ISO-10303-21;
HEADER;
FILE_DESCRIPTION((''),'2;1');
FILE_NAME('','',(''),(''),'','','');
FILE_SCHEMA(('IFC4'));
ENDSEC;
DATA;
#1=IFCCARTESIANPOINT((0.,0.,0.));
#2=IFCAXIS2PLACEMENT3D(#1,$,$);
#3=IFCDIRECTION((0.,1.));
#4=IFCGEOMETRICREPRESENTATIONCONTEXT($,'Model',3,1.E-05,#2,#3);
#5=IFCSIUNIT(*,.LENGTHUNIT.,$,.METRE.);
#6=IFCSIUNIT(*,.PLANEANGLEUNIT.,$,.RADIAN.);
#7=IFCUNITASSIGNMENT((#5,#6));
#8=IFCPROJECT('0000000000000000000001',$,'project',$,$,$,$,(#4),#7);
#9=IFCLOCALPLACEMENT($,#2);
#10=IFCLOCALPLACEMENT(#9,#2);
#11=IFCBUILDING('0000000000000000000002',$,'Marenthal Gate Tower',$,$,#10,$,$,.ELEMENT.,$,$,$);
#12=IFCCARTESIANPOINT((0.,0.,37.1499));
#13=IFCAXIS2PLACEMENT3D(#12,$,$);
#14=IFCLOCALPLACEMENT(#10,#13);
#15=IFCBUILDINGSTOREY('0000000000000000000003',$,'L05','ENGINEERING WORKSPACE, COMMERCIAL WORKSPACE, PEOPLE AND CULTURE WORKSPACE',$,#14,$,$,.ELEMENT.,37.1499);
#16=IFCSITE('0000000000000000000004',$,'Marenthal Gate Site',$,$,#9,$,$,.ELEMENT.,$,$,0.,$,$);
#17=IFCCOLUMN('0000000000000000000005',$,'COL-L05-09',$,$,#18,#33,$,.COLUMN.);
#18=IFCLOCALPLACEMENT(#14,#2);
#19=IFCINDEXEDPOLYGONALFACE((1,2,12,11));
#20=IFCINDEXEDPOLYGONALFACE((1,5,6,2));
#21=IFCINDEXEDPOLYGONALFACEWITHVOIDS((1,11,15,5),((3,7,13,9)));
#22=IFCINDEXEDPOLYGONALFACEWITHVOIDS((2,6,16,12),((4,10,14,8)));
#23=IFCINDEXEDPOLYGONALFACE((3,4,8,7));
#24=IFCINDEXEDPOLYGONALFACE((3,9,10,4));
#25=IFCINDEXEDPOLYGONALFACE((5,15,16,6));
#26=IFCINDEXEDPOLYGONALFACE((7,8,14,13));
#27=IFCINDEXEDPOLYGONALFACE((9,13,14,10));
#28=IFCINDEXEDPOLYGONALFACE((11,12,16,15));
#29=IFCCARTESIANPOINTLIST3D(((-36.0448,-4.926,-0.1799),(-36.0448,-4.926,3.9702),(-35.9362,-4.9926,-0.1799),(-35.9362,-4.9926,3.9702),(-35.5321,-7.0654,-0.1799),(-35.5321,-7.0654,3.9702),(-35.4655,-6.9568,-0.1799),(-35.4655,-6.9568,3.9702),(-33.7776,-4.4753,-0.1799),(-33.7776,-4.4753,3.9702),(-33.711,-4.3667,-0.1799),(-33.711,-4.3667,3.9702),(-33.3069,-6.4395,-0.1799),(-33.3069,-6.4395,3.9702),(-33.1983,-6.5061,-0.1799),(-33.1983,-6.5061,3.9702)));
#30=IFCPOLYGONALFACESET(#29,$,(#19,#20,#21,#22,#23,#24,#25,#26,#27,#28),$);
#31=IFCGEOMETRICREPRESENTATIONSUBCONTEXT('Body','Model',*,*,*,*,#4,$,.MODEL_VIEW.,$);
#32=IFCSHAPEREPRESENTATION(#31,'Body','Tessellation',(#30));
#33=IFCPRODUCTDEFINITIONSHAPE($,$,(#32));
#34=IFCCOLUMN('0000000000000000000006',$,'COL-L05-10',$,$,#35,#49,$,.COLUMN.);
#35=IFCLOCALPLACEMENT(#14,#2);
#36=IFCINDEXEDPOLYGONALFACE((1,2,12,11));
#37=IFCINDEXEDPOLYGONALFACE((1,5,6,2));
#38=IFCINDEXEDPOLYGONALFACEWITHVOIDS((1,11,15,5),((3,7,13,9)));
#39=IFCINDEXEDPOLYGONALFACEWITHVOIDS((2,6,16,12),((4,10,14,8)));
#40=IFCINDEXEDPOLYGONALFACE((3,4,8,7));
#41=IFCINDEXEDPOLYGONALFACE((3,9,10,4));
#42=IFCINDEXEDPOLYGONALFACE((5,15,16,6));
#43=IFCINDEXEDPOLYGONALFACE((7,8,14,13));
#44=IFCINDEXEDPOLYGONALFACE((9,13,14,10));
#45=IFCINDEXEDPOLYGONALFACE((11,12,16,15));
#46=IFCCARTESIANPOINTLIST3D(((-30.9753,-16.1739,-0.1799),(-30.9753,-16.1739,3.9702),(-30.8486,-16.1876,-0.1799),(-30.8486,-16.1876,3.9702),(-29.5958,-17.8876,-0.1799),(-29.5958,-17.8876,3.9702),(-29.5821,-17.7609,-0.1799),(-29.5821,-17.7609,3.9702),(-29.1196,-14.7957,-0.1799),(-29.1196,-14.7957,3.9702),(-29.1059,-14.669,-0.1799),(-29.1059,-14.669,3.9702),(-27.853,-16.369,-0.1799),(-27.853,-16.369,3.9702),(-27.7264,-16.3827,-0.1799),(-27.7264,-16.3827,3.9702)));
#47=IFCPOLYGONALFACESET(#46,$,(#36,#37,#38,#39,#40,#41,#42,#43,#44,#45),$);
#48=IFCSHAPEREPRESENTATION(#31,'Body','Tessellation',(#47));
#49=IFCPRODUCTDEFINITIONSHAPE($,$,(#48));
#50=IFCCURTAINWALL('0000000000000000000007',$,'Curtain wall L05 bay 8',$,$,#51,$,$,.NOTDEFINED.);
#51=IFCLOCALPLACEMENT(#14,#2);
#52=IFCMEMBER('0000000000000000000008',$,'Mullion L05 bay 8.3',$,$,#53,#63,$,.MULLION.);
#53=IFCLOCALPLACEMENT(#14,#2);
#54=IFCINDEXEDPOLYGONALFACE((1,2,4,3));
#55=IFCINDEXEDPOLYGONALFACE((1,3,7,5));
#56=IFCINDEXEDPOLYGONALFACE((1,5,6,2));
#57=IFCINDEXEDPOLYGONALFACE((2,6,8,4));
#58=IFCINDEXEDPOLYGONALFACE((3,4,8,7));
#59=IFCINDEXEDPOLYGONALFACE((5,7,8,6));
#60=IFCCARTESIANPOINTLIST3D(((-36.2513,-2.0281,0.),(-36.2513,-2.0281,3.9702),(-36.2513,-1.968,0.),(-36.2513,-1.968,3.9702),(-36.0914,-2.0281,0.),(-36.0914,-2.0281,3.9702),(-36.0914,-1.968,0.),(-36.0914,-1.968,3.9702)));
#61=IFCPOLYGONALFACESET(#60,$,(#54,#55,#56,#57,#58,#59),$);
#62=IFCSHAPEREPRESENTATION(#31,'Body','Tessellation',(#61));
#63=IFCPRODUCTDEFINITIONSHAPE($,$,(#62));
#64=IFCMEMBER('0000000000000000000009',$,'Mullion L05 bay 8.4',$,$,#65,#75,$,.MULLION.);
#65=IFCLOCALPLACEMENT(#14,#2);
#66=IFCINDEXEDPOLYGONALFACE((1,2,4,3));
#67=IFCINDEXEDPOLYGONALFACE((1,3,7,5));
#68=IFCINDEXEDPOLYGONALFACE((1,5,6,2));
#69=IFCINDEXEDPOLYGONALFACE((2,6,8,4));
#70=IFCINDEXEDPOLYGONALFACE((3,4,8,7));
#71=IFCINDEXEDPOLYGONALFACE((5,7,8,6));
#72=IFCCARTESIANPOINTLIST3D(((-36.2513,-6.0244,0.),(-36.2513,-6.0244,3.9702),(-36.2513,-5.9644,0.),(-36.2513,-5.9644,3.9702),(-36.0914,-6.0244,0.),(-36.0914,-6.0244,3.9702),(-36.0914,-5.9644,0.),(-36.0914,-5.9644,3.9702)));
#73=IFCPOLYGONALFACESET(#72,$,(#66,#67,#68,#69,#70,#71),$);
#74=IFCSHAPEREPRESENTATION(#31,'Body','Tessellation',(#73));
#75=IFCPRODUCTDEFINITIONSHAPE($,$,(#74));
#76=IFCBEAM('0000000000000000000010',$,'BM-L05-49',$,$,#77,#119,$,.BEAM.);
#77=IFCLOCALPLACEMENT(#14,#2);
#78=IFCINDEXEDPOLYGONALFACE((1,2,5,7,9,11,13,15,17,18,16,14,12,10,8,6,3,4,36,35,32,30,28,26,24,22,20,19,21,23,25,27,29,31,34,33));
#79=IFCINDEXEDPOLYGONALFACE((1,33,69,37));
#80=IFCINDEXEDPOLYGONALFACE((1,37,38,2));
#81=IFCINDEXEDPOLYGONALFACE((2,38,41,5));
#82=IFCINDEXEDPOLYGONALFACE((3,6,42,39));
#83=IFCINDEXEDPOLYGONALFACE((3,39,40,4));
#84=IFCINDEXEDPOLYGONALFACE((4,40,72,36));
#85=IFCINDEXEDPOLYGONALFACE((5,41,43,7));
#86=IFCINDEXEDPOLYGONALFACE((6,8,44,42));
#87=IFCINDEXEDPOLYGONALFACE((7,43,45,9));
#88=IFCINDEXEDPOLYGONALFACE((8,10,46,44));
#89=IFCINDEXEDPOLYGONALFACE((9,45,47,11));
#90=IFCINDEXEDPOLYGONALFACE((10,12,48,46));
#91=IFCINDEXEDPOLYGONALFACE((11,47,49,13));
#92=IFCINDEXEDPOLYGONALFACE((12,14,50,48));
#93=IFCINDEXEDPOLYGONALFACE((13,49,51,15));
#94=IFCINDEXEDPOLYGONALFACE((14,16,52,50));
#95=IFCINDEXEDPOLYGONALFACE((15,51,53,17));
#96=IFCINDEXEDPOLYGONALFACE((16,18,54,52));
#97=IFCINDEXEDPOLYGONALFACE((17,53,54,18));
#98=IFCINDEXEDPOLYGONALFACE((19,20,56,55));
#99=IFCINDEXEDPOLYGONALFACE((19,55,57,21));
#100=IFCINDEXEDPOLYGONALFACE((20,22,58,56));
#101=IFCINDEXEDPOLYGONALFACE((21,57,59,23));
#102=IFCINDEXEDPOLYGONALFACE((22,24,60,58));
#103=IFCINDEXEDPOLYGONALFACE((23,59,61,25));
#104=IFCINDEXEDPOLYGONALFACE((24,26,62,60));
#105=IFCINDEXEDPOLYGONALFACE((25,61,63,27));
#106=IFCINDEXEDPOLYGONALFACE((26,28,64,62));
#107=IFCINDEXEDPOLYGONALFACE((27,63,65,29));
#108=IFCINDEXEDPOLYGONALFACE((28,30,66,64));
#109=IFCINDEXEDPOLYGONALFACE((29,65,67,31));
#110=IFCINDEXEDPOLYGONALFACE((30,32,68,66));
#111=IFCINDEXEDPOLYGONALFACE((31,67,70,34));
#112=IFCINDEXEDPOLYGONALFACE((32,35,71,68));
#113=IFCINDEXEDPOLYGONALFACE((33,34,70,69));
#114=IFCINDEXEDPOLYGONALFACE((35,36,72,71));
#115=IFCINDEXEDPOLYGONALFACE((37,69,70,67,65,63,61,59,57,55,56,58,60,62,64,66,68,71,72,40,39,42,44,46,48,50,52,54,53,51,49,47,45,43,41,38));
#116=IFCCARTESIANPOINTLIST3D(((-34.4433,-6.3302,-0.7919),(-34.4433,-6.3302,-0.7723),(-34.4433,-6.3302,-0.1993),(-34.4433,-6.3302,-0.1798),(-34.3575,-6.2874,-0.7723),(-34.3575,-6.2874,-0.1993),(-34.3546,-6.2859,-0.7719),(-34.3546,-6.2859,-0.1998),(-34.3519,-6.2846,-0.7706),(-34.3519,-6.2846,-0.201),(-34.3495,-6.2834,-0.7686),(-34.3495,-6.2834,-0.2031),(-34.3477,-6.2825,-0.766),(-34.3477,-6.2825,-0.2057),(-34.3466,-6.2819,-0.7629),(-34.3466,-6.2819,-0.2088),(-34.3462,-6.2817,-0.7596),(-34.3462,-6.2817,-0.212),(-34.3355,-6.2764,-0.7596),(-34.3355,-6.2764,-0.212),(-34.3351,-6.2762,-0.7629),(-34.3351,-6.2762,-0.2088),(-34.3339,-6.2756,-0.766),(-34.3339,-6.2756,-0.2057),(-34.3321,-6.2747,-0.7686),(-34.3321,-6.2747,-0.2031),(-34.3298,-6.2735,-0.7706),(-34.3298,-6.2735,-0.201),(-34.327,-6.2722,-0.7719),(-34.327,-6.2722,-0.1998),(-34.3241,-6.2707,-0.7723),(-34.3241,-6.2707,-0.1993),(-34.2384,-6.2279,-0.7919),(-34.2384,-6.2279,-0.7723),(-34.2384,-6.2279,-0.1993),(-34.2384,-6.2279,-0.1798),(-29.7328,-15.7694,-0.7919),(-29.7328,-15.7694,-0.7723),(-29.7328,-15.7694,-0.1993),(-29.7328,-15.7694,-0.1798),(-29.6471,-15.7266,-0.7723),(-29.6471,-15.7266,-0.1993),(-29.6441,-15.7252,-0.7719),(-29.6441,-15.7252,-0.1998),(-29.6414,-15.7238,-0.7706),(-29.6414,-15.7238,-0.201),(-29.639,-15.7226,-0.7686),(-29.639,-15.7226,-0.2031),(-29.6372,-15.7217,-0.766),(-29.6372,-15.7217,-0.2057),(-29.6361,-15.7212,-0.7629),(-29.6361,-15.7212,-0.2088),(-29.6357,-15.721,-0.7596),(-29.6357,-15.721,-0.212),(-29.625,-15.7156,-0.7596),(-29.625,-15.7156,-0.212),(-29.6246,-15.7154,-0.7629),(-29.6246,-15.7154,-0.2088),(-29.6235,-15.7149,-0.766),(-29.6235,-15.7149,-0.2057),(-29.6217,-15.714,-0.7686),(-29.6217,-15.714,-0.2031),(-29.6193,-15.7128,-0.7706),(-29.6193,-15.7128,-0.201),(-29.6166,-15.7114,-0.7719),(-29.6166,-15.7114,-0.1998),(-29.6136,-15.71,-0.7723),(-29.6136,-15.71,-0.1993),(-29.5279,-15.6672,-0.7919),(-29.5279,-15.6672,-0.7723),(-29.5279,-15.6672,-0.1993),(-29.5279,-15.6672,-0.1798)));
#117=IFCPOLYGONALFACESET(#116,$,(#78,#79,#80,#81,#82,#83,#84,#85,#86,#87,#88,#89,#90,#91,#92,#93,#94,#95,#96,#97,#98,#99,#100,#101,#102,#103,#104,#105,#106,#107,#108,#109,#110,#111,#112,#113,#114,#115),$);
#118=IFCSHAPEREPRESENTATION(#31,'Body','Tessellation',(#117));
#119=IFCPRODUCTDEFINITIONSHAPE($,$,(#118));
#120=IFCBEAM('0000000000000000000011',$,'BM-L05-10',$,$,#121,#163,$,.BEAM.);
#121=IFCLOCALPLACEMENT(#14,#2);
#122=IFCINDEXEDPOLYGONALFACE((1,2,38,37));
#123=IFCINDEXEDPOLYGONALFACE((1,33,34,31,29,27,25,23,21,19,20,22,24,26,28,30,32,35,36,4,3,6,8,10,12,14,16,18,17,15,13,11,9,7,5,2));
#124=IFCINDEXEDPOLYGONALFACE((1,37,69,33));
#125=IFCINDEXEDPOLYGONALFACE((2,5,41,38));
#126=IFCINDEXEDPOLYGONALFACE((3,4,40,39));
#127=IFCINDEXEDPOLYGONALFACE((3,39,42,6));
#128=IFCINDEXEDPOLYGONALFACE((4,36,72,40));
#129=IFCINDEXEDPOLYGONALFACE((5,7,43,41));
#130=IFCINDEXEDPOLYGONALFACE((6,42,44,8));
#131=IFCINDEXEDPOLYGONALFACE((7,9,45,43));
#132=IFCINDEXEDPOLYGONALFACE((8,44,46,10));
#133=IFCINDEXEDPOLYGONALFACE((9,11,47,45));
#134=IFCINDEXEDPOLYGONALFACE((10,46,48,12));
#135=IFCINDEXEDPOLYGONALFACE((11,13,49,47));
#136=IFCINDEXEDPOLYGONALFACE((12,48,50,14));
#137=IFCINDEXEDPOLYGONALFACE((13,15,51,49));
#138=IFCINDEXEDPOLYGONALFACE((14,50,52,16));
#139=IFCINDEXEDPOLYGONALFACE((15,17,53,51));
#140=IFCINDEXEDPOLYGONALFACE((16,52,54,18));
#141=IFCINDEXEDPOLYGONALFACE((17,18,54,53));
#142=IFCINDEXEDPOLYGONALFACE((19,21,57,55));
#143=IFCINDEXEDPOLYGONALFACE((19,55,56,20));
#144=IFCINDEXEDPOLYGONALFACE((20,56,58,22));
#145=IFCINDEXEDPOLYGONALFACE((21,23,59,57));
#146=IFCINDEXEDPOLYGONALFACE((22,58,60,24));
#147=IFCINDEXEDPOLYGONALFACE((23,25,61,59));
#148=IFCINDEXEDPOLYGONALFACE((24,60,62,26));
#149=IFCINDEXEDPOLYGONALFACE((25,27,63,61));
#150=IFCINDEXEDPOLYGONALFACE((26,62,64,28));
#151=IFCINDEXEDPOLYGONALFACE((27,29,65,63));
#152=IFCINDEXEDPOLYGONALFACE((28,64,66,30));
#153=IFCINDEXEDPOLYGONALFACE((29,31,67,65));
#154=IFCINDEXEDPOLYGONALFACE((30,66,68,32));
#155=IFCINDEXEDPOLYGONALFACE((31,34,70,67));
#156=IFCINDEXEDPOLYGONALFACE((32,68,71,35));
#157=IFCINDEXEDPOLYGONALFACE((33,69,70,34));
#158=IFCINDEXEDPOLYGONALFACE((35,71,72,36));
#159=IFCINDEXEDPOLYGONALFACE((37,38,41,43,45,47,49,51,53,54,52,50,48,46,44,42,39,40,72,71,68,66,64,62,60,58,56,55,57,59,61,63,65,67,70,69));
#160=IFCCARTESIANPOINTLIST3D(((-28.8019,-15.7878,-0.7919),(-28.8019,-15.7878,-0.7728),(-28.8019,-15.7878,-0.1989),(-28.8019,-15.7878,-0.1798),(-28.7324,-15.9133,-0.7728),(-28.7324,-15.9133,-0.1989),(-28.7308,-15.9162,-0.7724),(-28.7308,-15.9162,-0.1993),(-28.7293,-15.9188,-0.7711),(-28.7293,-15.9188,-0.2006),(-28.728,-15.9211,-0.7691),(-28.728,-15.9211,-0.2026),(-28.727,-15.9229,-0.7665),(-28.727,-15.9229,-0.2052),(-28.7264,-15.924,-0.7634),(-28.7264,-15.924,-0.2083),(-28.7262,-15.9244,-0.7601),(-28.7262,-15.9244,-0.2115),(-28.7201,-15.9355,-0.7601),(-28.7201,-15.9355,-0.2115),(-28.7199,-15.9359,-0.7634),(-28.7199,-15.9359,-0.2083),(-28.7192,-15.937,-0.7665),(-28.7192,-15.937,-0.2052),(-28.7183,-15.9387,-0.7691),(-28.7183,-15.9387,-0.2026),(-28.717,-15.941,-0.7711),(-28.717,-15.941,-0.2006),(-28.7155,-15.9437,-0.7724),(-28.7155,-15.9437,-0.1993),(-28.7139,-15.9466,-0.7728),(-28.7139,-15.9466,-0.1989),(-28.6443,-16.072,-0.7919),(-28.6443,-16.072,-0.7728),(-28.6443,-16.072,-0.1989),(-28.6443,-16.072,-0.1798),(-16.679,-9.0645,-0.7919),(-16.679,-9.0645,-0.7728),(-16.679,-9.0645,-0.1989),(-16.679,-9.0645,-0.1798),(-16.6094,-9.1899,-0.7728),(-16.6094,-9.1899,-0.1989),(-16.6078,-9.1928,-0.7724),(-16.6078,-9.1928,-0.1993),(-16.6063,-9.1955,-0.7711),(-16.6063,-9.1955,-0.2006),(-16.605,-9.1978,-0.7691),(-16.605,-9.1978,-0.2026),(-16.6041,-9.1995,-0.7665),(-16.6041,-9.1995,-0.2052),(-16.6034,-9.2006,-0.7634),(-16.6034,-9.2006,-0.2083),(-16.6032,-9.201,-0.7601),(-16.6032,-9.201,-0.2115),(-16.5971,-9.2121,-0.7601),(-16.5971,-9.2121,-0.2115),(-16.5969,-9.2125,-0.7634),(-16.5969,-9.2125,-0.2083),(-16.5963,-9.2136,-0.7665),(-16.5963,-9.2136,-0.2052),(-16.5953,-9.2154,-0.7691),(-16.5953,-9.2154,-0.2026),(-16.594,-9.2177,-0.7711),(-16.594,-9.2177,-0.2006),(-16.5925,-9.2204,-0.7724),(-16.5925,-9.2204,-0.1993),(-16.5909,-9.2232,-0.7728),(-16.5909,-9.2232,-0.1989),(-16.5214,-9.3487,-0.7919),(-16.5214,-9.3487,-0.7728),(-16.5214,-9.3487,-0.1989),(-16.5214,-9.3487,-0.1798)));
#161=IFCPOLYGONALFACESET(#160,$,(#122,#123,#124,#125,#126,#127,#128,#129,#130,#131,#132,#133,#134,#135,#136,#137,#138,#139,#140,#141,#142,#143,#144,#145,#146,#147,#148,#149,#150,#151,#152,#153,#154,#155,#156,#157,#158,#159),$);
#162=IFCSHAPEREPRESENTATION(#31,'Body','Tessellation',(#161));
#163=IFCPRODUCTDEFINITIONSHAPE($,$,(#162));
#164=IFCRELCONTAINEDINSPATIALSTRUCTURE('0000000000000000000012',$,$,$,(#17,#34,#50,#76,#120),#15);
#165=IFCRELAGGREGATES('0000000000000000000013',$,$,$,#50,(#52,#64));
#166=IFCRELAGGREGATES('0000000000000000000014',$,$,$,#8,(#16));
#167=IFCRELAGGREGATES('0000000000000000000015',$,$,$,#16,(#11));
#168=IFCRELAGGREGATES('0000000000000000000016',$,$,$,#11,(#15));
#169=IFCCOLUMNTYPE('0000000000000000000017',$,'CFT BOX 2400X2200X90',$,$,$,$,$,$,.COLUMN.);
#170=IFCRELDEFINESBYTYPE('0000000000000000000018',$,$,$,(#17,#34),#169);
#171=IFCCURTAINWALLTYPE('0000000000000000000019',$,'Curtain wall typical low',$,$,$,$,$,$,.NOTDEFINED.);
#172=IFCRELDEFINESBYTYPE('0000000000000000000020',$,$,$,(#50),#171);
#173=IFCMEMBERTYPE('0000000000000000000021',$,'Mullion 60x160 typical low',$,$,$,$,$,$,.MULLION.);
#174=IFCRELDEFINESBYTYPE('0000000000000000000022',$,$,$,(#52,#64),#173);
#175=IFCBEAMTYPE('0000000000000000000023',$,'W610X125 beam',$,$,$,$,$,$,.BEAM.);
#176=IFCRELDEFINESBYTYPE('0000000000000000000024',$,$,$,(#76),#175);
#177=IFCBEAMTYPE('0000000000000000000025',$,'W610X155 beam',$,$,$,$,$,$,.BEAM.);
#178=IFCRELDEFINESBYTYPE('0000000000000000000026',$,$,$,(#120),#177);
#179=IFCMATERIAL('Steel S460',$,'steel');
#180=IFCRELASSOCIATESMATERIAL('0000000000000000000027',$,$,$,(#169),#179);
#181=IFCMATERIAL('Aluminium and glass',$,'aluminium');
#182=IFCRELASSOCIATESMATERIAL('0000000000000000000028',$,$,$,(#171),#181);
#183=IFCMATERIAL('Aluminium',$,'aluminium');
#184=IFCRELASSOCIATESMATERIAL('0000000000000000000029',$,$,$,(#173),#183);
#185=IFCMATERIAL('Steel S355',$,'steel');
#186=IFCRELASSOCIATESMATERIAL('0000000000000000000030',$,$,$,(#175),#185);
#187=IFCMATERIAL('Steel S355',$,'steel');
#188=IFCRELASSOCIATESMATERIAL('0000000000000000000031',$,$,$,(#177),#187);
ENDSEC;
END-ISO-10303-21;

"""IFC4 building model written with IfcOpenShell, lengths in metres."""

from ifc_helpers import new_model, si_unit, direction, frame, origin, origin_2d, place, context, subcontext, project, spatial, rectangle, hollow_rectangle, i_section, extrude, material, material_profile, profile_set, type_object, element, aggregate, save


model = new_model("IFC4")

# Units and contexts
model_context = context("Model", 3, precision=1e-05, world=origin(), true_north=direction((0.0, 1.0)))
body_context = subcontext(model_context, "Body", "Model", "MODEL_VIEW")
ifc_project = project(units=[si_unit("LENGTHUNIT", "METRE"), si_unit("PLANEANGLEUNIT", "RADIAN")], contexts=[model_context])

# Site, building, storey
site_placement = place(None, origin())
site = spatial("IfcSite", under=ifc_project, at=site_placement, Name="Marenthal Gate Site", CompositionType="ELEMENT", RefElevation=0.0)
building_placement = place(site_placement, origin())
building = spatial("IfcBuilding", under=site, at=building_placement, Name="Marenthal Gate Tower", CompositionType="ELEMENT")
storey_placement = place(building_placement, frame((0.0, 0.0, 37.1499)))
storey = spatial("IfcBuildingStorey", under=building, at=storey_placement, Name="L05", Description="ENGINEERING WORKSPACE, COMMERCIAL WORKSPACE, PEOPLE AND CULTURE WORKSPACE", CompositionType="ELEMENT", Elevation=37.1499)

# Columns
ifc_material_1 = material(Name="Steel S460", Category="steel")
ifc_material_profile_1 = material_profile(ifc_material_1, hollow_rectangle(XDim=2.2, YDim=2.3999, WallThickness=0.0901, at=origin_2d()), Name="CFT BOX 2400X2200X90")
ifc_material_2 = material(Name="Concrete 70 MPa", Category="concrete")
ifc_material_profile_2 = material_profile(ifc_material_2, rectangle(XDim=2.02, YDim=2.22, at=origin_2d()), Name="CFT BOX 2400X2200X90 INFILL")
ifc_profile_set_1 = profile_set([ifc_material_profile_1, ifc_material_profile_2], Name="Steel S460 shell, Concrete 70 MPa infill")
column_type = type_object("IfcColumnType", Name="CFT BOX 2400X2200X90", PredefinedType="COLUMN", material=ifc_profile_set_1)
for number, where, z_axis, x_axis, name in (
    (1, (-34.6216, -5.7161, -0.1799), (0.0, 0.0, 1.0), (-0.233047, 0.972466, 0.0), "COL-L05-09"),
    (2, (-29.3508, -16.2783, -0.1799), (0.0, 0.0, 1.0), (-0.62707, 0.778963, 0.0), "COL-L05-10"),
):
    element("IfcColumn", number, at=place(storey_placement, frame(where, z_axis=z_axis, x_axis=x_axis)), inside=storey, type_object=column_type, Name=name, PredefinedType="COLUMN", context=body_context, shape_type="SweptSolid", body=[
        extrude(hollow_rectangle(XDim=2.2, YDim=2.3999, WallThickness=0.0901, at=origin_2d()), origin(), (0.0, 0.0, 1.0), 4.1501),
    ])

# Curtain wall, members
ifc_material_3 = material(Name="Aluminium and glass", Category="aluminium")
curtain_wall_type = type_object("IfcCurtainWallType", Name="Curtain wall typical low", PredefinedType="NOTDEFINED", material=ifc_material_3)
curtain_wall_placement = place(storey_placement, origin())
curtain_wall = element("IfcCurtainWall", 3, at=curtain_wall_placement, inside=storey, type_object=curtain_wall_type, Name="Curtain wall L05 bay 8", PredefinedType="NOTDEFINED")
ifc_material_4 = material(Name="Aluminium", Category="aluminium")
ifc_material_profile_3 = material_profile(ifc_material_4, rectangle(XDim=0.1599, YDim=0.0601, at=origin_2d()), Name="60x160 aluminium mullion")
ifc_profile_set_2 = profile_set([ifc_material_profile_3], Name="Aluminium")
member_type = type_object("IfcMemberType", Name="Mullion 60x160 typical low", PredefinedType="MULLION", material=ifc_profile_set_2)
member_1_placement = place(storey_placement, frame((-36.1714, -1.998, 0.0), z_axis=(0.0, 0.0, 1.0), x_axis=(1.0, 0.0, 0.0)))
member_1 = element("IfcMember", 4, at=member_1_placement, type_object=member_type, Name="Mullion L05 bay 8.3", PredefinedType="MULLION", context=body_context, shape_type="SweptSolid", body=[
    extrude(rectangle(XDim=0.1599, YDim=0.0601, at=origin_2d()), origin(), (0.0, 0.0, 1.0), 3.9702),
])
member_2_placement = place(storey_placement, frame((-36.1714, -5.9944, 0.0), z_axis=(0.0, 0.0, 1.0), x_axis=(1.0, 0.0, 0.0)))
member_2 = element("IfcMember", 5, at=member_2_placement, type_object=member_type, Name="Mullion L05 bay 8.4", PredefinedType="MULLION", context=body_context, shape_type="SweptSolid", body=[
    extrude(rectangle(XDim=0.1599, YDim=0.0601, at=origin_2d()), origin(), (0.0, 0.0, 1.0), 3.9702),
])

# Beams
ifc_material_5 = material(Name="Steel S355", Category="steel")
ifc_material_profile_4 = material_profile(ifc_material_5, i_section(OverallWidth=0.229, OverallDepth=0.6121, WebThickness=0.012, FlangeThickness=0.0195, FilletRadius=0.0127, at=origin_2d()), Name="W610X125")
ifc_profile_set_3 = profile_set([ifc_material_profile_4], Name="Steel S355")
beam_type_1 = type_object("IfcBeamType", Name="W610X125 beam", PredefinedType="BEAM", material=ifc_profile_set_3)
beam_1_placement = place(storey_placement, frame((-34.3408, -6.2791, -0.4858), z_axis=(0.446519, -0.894774, 0.0), x_axis=(0.894774, 0.446519, 0.0)))
element("IfcBeam", 6, at=beam_1_placement, inside=storey, type_object=beam_type_1, Name="BM-L05-49", PredefinedType="BEAM", context=body_context, shape_type="SweptSolid", body=[
    extrude(i_section(OverallWidth=0.229, OverallDepth=0.6121, WebThickness=0.012, FlangeThickness=0.0195, FilletRadius=0.0127, at=origin_2d()), origin(), (0.0, 0.0, 1.0), 10.5493),
])
ifc_material_6 = material(Name="Steel S355", Category="steel")
ifc_material_profile_5 = material_profile(ifc_material_6, i_section(OverallWidth=0.325, OverallDepth=0.6121, WebThickness=0.0127, FlangeThickness=0.019, FilletRadius=0.0127, at=origin_2d()), Name="W610X155")
ifc_profile_set_4 = profile_set([ifc_material_profile_5], Name="Steel S355")
beam_type_2 = type_object("IfcBeamType", Name="W610X155 beam", PredefinedType="BEAM", material=ifc_profile_set_4)
beam_2_placement = place(storey_placement, frame((-28.7231, -15.9299, -0.4858), z_axis=(0.874513, 0.485001, 0.0), x_axis=(-0.485001, 0.874513, 0.0)))
element("IfcBeam", 7, at=beam_2_placement, inside=storey, type_object=beam_type_2, Name="BM-L05-10", PredefinedType="BEAM", context=body_context, shape_type="SweptSolid", body=[
    extrude(i_section(OverallWidth=0.325, OverallDepth=0.6121, WebThickness=0.0127, FlangeThickness=0.019, FilletRadius=0.0127, at=origin_2d()), origin(), (0.0, 0.0, 1.0), 13.8625),
])

aggregate(curtain_wall, [member_1, member_2])

save(model, "model.ifc")
